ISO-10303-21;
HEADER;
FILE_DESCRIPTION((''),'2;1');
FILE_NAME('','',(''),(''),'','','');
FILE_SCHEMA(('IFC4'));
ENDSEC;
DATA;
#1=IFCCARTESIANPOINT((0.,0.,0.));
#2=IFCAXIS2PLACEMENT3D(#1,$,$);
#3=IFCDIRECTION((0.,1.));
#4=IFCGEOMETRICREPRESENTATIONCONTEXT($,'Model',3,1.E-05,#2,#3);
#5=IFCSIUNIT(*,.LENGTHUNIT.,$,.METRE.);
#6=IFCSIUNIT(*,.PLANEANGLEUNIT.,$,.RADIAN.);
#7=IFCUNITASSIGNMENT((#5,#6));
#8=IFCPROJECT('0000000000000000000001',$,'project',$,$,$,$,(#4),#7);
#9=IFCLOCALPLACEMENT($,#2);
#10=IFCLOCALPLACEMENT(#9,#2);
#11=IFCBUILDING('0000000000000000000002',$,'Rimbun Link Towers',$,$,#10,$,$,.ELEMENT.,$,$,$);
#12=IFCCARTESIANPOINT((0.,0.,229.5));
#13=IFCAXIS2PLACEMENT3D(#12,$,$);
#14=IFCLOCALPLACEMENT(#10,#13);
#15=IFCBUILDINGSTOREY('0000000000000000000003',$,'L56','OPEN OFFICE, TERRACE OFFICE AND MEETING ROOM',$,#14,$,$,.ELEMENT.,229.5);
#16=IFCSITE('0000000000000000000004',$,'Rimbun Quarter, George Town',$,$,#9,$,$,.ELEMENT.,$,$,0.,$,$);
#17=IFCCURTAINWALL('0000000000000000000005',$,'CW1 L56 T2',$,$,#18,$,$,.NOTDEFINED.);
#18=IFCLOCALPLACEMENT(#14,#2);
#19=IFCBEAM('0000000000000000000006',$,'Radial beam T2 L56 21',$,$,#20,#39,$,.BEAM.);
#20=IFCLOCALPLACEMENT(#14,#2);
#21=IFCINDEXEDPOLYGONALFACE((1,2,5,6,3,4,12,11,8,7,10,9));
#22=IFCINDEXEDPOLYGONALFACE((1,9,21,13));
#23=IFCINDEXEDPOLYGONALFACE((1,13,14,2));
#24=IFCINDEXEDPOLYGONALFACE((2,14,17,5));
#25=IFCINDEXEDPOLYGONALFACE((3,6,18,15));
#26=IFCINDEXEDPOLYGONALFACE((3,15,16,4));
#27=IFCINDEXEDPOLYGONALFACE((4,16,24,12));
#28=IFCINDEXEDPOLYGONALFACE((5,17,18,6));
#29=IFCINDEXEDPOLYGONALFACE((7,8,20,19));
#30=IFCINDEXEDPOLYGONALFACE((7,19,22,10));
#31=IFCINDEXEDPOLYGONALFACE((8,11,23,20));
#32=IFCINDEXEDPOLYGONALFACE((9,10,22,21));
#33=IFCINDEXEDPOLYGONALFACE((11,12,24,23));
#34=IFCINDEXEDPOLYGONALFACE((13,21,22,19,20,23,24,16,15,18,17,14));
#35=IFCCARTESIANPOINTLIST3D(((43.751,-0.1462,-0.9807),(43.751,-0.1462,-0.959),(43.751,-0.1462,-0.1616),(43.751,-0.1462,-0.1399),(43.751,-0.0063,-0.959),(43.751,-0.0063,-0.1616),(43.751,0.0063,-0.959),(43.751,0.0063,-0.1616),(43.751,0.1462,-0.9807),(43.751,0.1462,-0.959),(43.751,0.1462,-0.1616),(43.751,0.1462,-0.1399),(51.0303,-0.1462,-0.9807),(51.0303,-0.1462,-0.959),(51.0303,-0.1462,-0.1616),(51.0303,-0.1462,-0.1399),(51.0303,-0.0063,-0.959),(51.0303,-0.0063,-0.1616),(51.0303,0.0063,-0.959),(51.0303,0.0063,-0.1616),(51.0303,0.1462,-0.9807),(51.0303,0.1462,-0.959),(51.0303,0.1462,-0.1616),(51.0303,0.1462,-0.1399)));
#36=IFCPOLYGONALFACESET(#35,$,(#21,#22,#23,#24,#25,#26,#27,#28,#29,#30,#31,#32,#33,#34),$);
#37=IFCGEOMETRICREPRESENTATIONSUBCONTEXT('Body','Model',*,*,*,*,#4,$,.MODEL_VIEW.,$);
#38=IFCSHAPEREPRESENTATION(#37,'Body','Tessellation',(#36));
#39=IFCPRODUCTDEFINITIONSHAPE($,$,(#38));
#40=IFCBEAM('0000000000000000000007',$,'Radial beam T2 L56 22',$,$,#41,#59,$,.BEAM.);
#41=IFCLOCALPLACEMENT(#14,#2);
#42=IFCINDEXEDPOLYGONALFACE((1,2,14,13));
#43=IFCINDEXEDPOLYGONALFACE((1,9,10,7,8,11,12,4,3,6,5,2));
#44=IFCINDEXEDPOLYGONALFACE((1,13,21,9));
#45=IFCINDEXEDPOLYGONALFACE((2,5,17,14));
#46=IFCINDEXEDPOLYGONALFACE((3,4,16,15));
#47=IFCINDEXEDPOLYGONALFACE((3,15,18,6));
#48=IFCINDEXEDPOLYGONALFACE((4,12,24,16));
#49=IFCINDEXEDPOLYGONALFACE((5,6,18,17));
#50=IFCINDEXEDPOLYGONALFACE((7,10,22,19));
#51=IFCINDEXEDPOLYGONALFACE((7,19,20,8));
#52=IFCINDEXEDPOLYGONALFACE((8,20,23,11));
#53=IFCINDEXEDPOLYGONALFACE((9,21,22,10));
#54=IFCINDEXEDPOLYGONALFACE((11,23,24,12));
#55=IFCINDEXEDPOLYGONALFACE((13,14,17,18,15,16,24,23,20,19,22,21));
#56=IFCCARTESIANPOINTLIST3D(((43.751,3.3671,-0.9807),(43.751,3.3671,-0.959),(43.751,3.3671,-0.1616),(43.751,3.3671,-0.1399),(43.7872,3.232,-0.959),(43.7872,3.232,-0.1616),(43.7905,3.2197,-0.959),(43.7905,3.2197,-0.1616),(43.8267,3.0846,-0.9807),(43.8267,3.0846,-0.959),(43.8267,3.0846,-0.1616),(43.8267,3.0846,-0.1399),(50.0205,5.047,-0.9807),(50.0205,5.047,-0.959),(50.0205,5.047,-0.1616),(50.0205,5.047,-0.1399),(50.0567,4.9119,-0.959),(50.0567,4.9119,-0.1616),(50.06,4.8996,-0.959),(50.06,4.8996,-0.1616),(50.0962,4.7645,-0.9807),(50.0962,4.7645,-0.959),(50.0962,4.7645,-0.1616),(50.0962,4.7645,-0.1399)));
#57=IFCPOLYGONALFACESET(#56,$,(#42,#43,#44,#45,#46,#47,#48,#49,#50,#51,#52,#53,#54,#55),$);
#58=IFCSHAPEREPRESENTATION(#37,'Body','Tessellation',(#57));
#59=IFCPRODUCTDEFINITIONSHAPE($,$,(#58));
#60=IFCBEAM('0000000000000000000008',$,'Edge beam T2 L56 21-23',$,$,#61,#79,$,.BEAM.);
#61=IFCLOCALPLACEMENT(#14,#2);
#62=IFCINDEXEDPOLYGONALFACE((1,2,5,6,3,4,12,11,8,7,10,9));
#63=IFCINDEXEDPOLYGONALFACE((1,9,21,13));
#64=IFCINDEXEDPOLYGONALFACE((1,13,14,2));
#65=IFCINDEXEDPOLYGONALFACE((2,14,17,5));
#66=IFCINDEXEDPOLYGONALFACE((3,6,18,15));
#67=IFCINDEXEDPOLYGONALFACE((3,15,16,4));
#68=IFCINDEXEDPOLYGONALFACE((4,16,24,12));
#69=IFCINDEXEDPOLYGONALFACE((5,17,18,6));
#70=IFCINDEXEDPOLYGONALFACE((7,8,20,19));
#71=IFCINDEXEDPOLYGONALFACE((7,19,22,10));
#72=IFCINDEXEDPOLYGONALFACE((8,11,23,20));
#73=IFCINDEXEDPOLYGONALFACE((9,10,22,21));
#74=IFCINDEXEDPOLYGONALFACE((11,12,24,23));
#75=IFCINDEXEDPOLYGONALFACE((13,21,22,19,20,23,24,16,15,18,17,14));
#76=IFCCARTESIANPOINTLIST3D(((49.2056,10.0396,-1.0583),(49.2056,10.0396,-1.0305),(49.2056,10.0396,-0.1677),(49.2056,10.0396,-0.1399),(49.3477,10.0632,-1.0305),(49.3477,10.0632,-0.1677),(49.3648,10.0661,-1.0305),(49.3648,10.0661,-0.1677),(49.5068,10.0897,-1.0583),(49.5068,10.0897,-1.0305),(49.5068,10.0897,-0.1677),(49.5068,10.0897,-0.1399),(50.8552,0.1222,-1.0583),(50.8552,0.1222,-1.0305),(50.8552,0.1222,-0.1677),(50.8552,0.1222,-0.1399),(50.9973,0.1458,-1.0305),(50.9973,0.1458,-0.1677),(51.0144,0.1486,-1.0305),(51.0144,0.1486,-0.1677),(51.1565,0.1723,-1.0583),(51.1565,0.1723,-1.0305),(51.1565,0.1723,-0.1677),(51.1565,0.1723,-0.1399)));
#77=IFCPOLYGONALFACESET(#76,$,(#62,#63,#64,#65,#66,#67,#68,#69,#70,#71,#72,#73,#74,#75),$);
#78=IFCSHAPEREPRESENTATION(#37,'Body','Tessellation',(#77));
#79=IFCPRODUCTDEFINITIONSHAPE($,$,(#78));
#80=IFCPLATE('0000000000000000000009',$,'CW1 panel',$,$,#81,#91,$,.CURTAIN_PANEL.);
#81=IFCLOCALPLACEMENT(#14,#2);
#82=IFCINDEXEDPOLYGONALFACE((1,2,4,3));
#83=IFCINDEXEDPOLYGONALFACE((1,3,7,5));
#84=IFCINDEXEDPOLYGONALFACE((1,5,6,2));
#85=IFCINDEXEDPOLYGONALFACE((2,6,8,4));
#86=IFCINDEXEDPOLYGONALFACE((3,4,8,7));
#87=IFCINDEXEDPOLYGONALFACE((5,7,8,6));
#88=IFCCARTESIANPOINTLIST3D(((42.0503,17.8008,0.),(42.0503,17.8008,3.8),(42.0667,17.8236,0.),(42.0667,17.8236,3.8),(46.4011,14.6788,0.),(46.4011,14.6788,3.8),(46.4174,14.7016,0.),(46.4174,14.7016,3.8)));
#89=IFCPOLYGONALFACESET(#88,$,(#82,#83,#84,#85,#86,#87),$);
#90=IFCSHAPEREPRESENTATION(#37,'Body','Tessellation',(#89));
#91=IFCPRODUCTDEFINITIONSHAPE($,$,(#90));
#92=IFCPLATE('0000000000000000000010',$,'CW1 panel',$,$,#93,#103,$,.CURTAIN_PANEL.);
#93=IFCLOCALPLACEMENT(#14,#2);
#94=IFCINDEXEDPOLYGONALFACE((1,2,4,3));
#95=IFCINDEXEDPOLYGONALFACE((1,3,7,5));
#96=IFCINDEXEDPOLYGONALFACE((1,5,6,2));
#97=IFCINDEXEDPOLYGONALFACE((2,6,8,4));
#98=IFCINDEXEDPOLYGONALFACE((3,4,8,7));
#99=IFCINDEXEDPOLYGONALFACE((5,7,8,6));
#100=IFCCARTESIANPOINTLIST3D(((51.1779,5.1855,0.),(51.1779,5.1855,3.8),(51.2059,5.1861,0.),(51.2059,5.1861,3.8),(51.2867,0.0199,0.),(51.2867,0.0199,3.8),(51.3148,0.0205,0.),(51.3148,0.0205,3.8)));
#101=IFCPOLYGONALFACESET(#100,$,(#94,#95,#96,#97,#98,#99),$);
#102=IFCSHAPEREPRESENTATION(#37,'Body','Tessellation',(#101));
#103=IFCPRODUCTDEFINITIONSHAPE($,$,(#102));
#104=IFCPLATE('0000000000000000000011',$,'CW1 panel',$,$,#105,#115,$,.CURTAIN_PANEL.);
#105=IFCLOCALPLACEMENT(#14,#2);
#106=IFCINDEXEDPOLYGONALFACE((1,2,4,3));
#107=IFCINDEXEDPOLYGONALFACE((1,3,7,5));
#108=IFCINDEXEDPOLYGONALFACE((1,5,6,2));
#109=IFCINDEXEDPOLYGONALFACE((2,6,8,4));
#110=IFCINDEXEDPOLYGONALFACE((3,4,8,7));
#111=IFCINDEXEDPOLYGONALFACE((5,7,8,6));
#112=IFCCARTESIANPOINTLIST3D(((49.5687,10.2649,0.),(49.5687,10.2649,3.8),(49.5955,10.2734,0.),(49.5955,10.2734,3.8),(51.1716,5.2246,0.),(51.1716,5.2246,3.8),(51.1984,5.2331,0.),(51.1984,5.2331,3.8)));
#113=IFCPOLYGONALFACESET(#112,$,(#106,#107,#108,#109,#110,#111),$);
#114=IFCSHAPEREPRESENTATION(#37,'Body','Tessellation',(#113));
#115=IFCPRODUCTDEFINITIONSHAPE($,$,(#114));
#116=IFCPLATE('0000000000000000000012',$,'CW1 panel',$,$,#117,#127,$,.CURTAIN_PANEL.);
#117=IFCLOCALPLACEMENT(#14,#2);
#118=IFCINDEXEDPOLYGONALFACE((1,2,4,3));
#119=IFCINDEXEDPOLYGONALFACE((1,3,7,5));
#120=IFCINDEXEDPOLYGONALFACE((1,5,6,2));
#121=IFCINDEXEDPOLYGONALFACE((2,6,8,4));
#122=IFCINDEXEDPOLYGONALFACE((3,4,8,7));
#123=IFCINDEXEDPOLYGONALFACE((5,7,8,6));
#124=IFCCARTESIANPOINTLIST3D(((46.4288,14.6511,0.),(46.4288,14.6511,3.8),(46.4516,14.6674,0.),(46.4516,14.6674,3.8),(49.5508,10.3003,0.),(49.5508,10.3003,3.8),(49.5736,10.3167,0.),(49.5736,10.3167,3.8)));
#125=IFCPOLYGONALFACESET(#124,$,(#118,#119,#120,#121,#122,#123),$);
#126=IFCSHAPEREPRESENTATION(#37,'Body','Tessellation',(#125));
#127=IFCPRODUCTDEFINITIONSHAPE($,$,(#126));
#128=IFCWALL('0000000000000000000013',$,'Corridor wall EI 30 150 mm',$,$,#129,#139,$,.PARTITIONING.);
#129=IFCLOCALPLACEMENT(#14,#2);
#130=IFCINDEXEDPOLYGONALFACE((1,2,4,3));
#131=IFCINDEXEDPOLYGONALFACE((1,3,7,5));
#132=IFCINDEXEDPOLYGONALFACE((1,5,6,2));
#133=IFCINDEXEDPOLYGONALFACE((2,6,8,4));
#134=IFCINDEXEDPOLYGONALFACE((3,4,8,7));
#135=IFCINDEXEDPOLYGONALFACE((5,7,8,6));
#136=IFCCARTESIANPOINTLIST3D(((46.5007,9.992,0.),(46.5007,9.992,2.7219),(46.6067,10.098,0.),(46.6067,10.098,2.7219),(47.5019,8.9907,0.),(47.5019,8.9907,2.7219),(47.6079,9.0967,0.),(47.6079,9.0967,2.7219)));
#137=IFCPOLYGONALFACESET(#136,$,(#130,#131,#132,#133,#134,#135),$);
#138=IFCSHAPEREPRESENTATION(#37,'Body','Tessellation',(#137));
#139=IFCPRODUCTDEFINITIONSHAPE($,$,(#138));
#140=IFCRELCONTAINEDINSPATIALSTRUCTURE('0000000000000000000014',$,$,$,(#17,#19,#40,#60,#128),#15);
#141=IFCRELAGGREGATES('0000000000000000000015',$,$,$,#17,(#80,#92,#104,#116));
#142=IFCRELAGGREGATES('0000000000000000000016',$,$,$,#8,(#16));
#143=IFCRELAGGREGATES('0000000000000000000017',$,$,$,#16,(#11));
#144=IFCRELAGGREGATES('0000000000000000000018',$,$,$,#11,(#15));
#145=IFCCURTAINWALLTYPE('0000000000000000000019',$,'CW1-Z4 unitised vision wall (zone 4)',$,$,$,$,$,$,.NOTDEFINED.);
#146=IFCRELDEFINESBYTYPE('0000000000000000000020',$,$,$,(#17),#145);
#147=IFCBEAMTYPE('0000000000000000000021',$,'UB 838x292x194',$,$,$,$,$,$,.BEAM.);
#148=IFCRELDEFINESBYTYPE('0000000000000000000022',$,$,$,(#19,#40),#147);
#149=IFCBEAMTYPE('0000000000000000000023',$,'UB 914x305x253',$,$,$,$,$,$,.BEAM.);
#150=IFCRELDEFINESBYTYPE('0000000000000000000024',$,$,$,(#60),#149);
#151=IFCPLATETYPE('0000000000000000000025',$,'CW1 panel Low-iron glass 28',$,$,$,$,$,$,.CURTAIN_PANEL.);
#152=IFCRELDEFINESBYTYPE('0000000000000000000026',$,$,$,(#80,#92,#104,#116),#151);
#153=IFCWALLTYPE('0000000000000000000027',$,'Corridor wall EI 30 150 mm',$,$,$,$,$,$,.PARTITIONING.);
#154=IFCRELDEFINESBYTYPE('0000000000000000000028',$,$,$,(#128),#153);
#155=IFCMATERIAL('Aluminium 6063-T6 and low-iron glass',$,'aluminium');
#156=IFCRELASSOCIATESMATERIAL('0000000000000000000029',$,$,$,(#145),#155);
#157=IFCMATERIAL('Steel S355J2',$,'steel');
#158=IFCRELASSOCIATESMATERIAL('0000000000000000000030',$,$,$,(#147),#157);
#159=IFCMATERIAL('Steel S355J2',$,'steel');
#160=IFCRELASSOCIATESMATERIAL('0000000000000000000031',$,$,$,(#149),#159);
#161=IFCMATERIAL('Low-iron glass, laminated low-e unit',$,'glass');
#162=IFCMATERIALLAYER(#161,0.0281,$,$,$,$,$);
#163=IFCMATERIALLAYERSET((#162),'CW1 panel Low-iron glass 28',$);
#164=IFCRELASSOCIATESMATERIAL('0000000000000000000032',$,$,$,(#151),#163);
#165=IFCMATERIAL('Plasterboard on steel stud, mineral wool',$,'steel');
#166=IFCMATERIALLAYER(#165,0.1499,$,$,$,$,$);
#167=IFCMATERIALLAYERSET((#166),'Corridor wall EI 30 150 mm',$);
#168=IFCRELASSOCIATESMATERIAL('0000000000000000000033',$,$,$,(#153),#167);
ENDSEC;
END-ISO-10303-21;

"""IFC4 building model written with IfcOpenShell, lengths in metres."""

from ifc_helpers import new_model, si_unit, direction, frame, frame_2d, origin, origin_2d, place, context, subcontext, project, spatial, rectangle, i_section, extrude, material, layer, layer_set, material_profile, profile_set, type_object, element, aggregate, save


model = new_model("IFC4")

# Units and contexts
model_context = context("Model", 3, precision=1e-05, world=origin(), true_north=direction((0.0, 1.0)))
body_context = subcontext(model_context, "Body", "Model", "MODEL_VIEW")
ifc_project = project(units=[si_unit("LENGTHUNIT", "METRE"), si_unit("PLANEANGLEUNIT", "RADIAN")], contexts=[model_context])

# Site, building, storey
site_placement = place(None, origin())
site = spatial("IfcSite", under=ifc_project, at=site_placement, Name="Rimbun Quarter, George Town", CompositionType="ELEMENT", RefElevation=0.0)
building_placement = place(site_placement, origin())
building = spatial("IfcBuilding", under=site, at=building_placement, Name="Rimbun Link Towers", CompositionType="ELEMENT")
storey_placement = place(building_placement, frame((0.0, 0.0, 229.5)))
storey = spatial("IfcBuildingStorey", under=building, at=storey_placement, Name="L56", Description="OPEN OFFICE, TERRACE OFFICE AND MEETING ROOM", CompositionType="ELEMENT", Elevation=229.5)

# Curtain wall
ifc_material_1 = material(Name="Aluminium 6063-T6 and low-iron glass", Category="aluminium")
curtain_wall_type = type_object("IfcCurtainWallType", Name="CW1-Z4 unitised vision wall (zone 4)", PredefinedType="NOTDEFINED", material=ifc_material_1)
curtain_wall_placement = place(storey_placement, origin())
curtain_wall = element("IfcCurtainWall", 1, at=curtain_wall_placement, inside=storey, type_object=curtain_wall_type, Name="CW1 L56 T2", PredefinedType="NOTDEFINED")

# Beams
ifc_material_2 = material(Name="Steel S355J2", Category="steel")
ifc_material_profile_1 = material_profile(ifc_material_2, i_section(OverallWidth=0.2925, OverallDepth=0.8408, WebThickness=0.0127, FlangeThickness=0.0217, at=origin_2d()), Name="UB 838x292x194")
ifc_profile_set_1 = profile_set([ifc_material_profile_1], Name="Steel S355J2")
beam_type_1 = type_object("IfcBeamType", Name="UB 838x292x194", PredefinedType="BEAM", material=ifc_profile_set_1)
beam_1_placement = place(storey_placement, frame((43.751, 0.0, -0.5603), z_axis=(1.0, 0.0, 0.0), x_axis=(0.0, 1.0, 0.0)))
element("IfcBeam", 2, at=beam_1_placement, inside=storey, type_object=beam_type_1, Name="Radial beam T2 L56 21", PredefinedType="BEAM", context=body_context, shape_type="SweptSolid", body=[
    extrude(i_section(OverallWidth=0.2925, OverallDepth=0.8408, WebThickness=0.0127, FlangeThickness=0.0217, at=origin_2d()), origin(), (0.0, 0.0, 1.0), 7.2793),
])
beam_2_placement = place(storey_placement, frame((43.7888, 3.2258, -0.5603), z_axis=(0.965925, 0.258821, 0.0), x_axis=(-0.258821, 0.965925, 0.0)))
element("IfcBeam", 3, at=beam_2_placement, inside=storey, type_object=beam_type_1, Name="Radial beam T2 L56 22", PredefinedType="BEAM", context=body_context, shape_type="SweptSolid", body=[
    extrude(i_section(OverallWidth=0.2925, OverallDepth=0.8408, WebThickness=0.0127, FlangeThickness=0.0217, at=origin_2d()), origin(), (0.0, 0.0, 1.0), 6.4907),
])
ifc_material_3 = material(Name="Steel S355J2", Category="steel")
ifc_material_profile_2 = material_profile(ifc_material_3, i_section(OverallWidth=0.3054, OverallDepth=0.9185, WebThickness=0.0173, FlangeThickness=0.0278, at=origin_2d()), Name="UB 914x305x253")
ifc_profile_set_2 = profile_set([ifc_material_profile_2], Name="Steel S355J2")
beam_type_2 = type_object("IfcBeamType", Name="UB 914x305x253", PredefinedType="BEAM", material=ifc_profile_set_2)
beam_3_placement = place(storey_placement, frame((51.0059, 0.1472, -0.5991), z_axis=(-0.164084, 0.986446, 0.0), x_axis=(-0.986446, -0.164084, 0.0)))
element("IfcBeam", 4, at=beam_3_placement, inside=storey, type_object=beam_type_2, Name="Edge beam T2 L56 21-23", PredefinedType="BEAM", context=body_context, shape_type="SweptSolid", body=[
    extrude(i_section(OverallWidth=0.3054, OverallDepth=0.9185, WebThickness=0.0173, FlangeThickness=0.0278, at=origin_2d()), origin(), (0.0, 0.0, 1.0), 10.0537),
])

# Plates
ifc_material_4 = material(Name="Low-iron glass, laminated low-e unit", Category="glass")
ifc_layer_1 = layer(ifc_material_4, 0.0281)
ifc_layer_set_1 = layer_set([ifc_layer_1], Name="CW1 panel Low-iron glass 28")
plate_type = type_object("IfcPlateType", Name="CW1 panel Low-iron glass 28", PredefinedType="CURTAIN_PANEL", material=ifc_layer_set_1)
plate_1_placement = place(storey_placement, frame((44.2339, 16.2512, 0.0), z_axis=(0.0, 0.0, 1.0), x_axis=(0.812465, -0.583009, 0.0)))
plate_1 = element("IfcPlate", 5, at=plate_1_placement, type_object=plate_type, Name="CW1 panel", PredefinedType="CURTAIN_PANEL", context=body_context, shape_type="SweptSolid", body=[
    extrude(rectangle(XDim=5.355, YDim=0.0281, at=origin_2d()), origin(), (0.0, 0.0, 1.0), 3.8),
])
plate_2_placement = place(storey_placement, frame((51.2463, 2.603, 0.0), z_axis=(0.0, 0.0, 1.0), x_axis=(0.021069, -0.999778, 0.0)))
plate_2 = element("IfcPlate", 6, at=plate_2_placement, type_object=plate_type, Name="CW1 panel", PredefinedType="CURTAIN_PANEL", context=body_context, shape_type="SweptSolid", body=[
    extrude(rectangle(XDim=5.1667, YDim=0.0281, at=origin_2d()), origin(), (0.0, 0.0, 1.0), 3.8),
])
plate_3_placement = place(storey_placement, frame((50.3835, 7.749, 0.0), z_axis=(0.0, 0.0, 1.0), x_axis=(0.303053, -0.952974, 0.0)))
plate_3 = element("IfcPlate", 7, at=plate_3_placement, type_object=plate_type, Name="CW1 panel", PredefinedType="CURTAIN_PANEL", context=body_context, shape_type="SweptSolid", body=[
    extrude(rectangle(XDim=5.2891, YDim=0.0281, at=origin_2d()), origin(), (0.0, 0.0, 1.0), 3.8),
])
plate_4_placement = place(storey_placement, frame((48.0012, 12.4839, 0.0), z_axis=(0.0, 0.0, 1.0), x_axis=(0.583009, -0.812465, 0.0)))
plate_4 = element("IfcPlate", 8, at=plate_4_placement, type_object=plate_type, Name="CW1 panel", PredefinedType="CURTAIN_PANEL", context=body_context, shape_type="SweptSolid", body=[
    extrude(rectangle(XDim=5.355, YDim=0.0281, at=origin_2d()), origin(), (0.0, 0.0, 1.0), 3.8),
])
aggregate(curtain_wall, [plate_1, plate_2, plate_3, plate_4])

# Wall
ifc_material_5 = material(Name="Plasterboard on steel stud, mineral wool", Category="steel")
ifc_layer_2 = layer(ifc_material_5, 0.1499)
ifc_layer_set_2 = layer_set([ifc_layer_2], Name="Corridor wall EI 30 150 mm")
wall_type_1 = type_object("IfcWallType", Name="Corridor wall EI 30 150 mm", PredefinedType="PARTITIONING", material=ifc_layer_set_2)
wall_1_placement = place(storey_placement, frame((47.5549, 9.0437, 0.0), z_axis=(0.0, 0.0, 1.0), x_axis=(-0.707107, 0.707107, 0.0)))
element("IfcWall", 9, at=wall_1_placement, inside=storey, type_object=wall_type_1, Name="Corridor wall EI 30 150 mm", PredefinedType="PARTITIONING", context=body_context, shape_type="SweptSolid", body=[
    extrude(rectangle(XDim=1.416, YDim=0.1499, at=frame_2d((0.708, 0.0))), origin(), (0.0, 0.0, 1.0), 2.7219),
])

save(model, "model.ifc")
